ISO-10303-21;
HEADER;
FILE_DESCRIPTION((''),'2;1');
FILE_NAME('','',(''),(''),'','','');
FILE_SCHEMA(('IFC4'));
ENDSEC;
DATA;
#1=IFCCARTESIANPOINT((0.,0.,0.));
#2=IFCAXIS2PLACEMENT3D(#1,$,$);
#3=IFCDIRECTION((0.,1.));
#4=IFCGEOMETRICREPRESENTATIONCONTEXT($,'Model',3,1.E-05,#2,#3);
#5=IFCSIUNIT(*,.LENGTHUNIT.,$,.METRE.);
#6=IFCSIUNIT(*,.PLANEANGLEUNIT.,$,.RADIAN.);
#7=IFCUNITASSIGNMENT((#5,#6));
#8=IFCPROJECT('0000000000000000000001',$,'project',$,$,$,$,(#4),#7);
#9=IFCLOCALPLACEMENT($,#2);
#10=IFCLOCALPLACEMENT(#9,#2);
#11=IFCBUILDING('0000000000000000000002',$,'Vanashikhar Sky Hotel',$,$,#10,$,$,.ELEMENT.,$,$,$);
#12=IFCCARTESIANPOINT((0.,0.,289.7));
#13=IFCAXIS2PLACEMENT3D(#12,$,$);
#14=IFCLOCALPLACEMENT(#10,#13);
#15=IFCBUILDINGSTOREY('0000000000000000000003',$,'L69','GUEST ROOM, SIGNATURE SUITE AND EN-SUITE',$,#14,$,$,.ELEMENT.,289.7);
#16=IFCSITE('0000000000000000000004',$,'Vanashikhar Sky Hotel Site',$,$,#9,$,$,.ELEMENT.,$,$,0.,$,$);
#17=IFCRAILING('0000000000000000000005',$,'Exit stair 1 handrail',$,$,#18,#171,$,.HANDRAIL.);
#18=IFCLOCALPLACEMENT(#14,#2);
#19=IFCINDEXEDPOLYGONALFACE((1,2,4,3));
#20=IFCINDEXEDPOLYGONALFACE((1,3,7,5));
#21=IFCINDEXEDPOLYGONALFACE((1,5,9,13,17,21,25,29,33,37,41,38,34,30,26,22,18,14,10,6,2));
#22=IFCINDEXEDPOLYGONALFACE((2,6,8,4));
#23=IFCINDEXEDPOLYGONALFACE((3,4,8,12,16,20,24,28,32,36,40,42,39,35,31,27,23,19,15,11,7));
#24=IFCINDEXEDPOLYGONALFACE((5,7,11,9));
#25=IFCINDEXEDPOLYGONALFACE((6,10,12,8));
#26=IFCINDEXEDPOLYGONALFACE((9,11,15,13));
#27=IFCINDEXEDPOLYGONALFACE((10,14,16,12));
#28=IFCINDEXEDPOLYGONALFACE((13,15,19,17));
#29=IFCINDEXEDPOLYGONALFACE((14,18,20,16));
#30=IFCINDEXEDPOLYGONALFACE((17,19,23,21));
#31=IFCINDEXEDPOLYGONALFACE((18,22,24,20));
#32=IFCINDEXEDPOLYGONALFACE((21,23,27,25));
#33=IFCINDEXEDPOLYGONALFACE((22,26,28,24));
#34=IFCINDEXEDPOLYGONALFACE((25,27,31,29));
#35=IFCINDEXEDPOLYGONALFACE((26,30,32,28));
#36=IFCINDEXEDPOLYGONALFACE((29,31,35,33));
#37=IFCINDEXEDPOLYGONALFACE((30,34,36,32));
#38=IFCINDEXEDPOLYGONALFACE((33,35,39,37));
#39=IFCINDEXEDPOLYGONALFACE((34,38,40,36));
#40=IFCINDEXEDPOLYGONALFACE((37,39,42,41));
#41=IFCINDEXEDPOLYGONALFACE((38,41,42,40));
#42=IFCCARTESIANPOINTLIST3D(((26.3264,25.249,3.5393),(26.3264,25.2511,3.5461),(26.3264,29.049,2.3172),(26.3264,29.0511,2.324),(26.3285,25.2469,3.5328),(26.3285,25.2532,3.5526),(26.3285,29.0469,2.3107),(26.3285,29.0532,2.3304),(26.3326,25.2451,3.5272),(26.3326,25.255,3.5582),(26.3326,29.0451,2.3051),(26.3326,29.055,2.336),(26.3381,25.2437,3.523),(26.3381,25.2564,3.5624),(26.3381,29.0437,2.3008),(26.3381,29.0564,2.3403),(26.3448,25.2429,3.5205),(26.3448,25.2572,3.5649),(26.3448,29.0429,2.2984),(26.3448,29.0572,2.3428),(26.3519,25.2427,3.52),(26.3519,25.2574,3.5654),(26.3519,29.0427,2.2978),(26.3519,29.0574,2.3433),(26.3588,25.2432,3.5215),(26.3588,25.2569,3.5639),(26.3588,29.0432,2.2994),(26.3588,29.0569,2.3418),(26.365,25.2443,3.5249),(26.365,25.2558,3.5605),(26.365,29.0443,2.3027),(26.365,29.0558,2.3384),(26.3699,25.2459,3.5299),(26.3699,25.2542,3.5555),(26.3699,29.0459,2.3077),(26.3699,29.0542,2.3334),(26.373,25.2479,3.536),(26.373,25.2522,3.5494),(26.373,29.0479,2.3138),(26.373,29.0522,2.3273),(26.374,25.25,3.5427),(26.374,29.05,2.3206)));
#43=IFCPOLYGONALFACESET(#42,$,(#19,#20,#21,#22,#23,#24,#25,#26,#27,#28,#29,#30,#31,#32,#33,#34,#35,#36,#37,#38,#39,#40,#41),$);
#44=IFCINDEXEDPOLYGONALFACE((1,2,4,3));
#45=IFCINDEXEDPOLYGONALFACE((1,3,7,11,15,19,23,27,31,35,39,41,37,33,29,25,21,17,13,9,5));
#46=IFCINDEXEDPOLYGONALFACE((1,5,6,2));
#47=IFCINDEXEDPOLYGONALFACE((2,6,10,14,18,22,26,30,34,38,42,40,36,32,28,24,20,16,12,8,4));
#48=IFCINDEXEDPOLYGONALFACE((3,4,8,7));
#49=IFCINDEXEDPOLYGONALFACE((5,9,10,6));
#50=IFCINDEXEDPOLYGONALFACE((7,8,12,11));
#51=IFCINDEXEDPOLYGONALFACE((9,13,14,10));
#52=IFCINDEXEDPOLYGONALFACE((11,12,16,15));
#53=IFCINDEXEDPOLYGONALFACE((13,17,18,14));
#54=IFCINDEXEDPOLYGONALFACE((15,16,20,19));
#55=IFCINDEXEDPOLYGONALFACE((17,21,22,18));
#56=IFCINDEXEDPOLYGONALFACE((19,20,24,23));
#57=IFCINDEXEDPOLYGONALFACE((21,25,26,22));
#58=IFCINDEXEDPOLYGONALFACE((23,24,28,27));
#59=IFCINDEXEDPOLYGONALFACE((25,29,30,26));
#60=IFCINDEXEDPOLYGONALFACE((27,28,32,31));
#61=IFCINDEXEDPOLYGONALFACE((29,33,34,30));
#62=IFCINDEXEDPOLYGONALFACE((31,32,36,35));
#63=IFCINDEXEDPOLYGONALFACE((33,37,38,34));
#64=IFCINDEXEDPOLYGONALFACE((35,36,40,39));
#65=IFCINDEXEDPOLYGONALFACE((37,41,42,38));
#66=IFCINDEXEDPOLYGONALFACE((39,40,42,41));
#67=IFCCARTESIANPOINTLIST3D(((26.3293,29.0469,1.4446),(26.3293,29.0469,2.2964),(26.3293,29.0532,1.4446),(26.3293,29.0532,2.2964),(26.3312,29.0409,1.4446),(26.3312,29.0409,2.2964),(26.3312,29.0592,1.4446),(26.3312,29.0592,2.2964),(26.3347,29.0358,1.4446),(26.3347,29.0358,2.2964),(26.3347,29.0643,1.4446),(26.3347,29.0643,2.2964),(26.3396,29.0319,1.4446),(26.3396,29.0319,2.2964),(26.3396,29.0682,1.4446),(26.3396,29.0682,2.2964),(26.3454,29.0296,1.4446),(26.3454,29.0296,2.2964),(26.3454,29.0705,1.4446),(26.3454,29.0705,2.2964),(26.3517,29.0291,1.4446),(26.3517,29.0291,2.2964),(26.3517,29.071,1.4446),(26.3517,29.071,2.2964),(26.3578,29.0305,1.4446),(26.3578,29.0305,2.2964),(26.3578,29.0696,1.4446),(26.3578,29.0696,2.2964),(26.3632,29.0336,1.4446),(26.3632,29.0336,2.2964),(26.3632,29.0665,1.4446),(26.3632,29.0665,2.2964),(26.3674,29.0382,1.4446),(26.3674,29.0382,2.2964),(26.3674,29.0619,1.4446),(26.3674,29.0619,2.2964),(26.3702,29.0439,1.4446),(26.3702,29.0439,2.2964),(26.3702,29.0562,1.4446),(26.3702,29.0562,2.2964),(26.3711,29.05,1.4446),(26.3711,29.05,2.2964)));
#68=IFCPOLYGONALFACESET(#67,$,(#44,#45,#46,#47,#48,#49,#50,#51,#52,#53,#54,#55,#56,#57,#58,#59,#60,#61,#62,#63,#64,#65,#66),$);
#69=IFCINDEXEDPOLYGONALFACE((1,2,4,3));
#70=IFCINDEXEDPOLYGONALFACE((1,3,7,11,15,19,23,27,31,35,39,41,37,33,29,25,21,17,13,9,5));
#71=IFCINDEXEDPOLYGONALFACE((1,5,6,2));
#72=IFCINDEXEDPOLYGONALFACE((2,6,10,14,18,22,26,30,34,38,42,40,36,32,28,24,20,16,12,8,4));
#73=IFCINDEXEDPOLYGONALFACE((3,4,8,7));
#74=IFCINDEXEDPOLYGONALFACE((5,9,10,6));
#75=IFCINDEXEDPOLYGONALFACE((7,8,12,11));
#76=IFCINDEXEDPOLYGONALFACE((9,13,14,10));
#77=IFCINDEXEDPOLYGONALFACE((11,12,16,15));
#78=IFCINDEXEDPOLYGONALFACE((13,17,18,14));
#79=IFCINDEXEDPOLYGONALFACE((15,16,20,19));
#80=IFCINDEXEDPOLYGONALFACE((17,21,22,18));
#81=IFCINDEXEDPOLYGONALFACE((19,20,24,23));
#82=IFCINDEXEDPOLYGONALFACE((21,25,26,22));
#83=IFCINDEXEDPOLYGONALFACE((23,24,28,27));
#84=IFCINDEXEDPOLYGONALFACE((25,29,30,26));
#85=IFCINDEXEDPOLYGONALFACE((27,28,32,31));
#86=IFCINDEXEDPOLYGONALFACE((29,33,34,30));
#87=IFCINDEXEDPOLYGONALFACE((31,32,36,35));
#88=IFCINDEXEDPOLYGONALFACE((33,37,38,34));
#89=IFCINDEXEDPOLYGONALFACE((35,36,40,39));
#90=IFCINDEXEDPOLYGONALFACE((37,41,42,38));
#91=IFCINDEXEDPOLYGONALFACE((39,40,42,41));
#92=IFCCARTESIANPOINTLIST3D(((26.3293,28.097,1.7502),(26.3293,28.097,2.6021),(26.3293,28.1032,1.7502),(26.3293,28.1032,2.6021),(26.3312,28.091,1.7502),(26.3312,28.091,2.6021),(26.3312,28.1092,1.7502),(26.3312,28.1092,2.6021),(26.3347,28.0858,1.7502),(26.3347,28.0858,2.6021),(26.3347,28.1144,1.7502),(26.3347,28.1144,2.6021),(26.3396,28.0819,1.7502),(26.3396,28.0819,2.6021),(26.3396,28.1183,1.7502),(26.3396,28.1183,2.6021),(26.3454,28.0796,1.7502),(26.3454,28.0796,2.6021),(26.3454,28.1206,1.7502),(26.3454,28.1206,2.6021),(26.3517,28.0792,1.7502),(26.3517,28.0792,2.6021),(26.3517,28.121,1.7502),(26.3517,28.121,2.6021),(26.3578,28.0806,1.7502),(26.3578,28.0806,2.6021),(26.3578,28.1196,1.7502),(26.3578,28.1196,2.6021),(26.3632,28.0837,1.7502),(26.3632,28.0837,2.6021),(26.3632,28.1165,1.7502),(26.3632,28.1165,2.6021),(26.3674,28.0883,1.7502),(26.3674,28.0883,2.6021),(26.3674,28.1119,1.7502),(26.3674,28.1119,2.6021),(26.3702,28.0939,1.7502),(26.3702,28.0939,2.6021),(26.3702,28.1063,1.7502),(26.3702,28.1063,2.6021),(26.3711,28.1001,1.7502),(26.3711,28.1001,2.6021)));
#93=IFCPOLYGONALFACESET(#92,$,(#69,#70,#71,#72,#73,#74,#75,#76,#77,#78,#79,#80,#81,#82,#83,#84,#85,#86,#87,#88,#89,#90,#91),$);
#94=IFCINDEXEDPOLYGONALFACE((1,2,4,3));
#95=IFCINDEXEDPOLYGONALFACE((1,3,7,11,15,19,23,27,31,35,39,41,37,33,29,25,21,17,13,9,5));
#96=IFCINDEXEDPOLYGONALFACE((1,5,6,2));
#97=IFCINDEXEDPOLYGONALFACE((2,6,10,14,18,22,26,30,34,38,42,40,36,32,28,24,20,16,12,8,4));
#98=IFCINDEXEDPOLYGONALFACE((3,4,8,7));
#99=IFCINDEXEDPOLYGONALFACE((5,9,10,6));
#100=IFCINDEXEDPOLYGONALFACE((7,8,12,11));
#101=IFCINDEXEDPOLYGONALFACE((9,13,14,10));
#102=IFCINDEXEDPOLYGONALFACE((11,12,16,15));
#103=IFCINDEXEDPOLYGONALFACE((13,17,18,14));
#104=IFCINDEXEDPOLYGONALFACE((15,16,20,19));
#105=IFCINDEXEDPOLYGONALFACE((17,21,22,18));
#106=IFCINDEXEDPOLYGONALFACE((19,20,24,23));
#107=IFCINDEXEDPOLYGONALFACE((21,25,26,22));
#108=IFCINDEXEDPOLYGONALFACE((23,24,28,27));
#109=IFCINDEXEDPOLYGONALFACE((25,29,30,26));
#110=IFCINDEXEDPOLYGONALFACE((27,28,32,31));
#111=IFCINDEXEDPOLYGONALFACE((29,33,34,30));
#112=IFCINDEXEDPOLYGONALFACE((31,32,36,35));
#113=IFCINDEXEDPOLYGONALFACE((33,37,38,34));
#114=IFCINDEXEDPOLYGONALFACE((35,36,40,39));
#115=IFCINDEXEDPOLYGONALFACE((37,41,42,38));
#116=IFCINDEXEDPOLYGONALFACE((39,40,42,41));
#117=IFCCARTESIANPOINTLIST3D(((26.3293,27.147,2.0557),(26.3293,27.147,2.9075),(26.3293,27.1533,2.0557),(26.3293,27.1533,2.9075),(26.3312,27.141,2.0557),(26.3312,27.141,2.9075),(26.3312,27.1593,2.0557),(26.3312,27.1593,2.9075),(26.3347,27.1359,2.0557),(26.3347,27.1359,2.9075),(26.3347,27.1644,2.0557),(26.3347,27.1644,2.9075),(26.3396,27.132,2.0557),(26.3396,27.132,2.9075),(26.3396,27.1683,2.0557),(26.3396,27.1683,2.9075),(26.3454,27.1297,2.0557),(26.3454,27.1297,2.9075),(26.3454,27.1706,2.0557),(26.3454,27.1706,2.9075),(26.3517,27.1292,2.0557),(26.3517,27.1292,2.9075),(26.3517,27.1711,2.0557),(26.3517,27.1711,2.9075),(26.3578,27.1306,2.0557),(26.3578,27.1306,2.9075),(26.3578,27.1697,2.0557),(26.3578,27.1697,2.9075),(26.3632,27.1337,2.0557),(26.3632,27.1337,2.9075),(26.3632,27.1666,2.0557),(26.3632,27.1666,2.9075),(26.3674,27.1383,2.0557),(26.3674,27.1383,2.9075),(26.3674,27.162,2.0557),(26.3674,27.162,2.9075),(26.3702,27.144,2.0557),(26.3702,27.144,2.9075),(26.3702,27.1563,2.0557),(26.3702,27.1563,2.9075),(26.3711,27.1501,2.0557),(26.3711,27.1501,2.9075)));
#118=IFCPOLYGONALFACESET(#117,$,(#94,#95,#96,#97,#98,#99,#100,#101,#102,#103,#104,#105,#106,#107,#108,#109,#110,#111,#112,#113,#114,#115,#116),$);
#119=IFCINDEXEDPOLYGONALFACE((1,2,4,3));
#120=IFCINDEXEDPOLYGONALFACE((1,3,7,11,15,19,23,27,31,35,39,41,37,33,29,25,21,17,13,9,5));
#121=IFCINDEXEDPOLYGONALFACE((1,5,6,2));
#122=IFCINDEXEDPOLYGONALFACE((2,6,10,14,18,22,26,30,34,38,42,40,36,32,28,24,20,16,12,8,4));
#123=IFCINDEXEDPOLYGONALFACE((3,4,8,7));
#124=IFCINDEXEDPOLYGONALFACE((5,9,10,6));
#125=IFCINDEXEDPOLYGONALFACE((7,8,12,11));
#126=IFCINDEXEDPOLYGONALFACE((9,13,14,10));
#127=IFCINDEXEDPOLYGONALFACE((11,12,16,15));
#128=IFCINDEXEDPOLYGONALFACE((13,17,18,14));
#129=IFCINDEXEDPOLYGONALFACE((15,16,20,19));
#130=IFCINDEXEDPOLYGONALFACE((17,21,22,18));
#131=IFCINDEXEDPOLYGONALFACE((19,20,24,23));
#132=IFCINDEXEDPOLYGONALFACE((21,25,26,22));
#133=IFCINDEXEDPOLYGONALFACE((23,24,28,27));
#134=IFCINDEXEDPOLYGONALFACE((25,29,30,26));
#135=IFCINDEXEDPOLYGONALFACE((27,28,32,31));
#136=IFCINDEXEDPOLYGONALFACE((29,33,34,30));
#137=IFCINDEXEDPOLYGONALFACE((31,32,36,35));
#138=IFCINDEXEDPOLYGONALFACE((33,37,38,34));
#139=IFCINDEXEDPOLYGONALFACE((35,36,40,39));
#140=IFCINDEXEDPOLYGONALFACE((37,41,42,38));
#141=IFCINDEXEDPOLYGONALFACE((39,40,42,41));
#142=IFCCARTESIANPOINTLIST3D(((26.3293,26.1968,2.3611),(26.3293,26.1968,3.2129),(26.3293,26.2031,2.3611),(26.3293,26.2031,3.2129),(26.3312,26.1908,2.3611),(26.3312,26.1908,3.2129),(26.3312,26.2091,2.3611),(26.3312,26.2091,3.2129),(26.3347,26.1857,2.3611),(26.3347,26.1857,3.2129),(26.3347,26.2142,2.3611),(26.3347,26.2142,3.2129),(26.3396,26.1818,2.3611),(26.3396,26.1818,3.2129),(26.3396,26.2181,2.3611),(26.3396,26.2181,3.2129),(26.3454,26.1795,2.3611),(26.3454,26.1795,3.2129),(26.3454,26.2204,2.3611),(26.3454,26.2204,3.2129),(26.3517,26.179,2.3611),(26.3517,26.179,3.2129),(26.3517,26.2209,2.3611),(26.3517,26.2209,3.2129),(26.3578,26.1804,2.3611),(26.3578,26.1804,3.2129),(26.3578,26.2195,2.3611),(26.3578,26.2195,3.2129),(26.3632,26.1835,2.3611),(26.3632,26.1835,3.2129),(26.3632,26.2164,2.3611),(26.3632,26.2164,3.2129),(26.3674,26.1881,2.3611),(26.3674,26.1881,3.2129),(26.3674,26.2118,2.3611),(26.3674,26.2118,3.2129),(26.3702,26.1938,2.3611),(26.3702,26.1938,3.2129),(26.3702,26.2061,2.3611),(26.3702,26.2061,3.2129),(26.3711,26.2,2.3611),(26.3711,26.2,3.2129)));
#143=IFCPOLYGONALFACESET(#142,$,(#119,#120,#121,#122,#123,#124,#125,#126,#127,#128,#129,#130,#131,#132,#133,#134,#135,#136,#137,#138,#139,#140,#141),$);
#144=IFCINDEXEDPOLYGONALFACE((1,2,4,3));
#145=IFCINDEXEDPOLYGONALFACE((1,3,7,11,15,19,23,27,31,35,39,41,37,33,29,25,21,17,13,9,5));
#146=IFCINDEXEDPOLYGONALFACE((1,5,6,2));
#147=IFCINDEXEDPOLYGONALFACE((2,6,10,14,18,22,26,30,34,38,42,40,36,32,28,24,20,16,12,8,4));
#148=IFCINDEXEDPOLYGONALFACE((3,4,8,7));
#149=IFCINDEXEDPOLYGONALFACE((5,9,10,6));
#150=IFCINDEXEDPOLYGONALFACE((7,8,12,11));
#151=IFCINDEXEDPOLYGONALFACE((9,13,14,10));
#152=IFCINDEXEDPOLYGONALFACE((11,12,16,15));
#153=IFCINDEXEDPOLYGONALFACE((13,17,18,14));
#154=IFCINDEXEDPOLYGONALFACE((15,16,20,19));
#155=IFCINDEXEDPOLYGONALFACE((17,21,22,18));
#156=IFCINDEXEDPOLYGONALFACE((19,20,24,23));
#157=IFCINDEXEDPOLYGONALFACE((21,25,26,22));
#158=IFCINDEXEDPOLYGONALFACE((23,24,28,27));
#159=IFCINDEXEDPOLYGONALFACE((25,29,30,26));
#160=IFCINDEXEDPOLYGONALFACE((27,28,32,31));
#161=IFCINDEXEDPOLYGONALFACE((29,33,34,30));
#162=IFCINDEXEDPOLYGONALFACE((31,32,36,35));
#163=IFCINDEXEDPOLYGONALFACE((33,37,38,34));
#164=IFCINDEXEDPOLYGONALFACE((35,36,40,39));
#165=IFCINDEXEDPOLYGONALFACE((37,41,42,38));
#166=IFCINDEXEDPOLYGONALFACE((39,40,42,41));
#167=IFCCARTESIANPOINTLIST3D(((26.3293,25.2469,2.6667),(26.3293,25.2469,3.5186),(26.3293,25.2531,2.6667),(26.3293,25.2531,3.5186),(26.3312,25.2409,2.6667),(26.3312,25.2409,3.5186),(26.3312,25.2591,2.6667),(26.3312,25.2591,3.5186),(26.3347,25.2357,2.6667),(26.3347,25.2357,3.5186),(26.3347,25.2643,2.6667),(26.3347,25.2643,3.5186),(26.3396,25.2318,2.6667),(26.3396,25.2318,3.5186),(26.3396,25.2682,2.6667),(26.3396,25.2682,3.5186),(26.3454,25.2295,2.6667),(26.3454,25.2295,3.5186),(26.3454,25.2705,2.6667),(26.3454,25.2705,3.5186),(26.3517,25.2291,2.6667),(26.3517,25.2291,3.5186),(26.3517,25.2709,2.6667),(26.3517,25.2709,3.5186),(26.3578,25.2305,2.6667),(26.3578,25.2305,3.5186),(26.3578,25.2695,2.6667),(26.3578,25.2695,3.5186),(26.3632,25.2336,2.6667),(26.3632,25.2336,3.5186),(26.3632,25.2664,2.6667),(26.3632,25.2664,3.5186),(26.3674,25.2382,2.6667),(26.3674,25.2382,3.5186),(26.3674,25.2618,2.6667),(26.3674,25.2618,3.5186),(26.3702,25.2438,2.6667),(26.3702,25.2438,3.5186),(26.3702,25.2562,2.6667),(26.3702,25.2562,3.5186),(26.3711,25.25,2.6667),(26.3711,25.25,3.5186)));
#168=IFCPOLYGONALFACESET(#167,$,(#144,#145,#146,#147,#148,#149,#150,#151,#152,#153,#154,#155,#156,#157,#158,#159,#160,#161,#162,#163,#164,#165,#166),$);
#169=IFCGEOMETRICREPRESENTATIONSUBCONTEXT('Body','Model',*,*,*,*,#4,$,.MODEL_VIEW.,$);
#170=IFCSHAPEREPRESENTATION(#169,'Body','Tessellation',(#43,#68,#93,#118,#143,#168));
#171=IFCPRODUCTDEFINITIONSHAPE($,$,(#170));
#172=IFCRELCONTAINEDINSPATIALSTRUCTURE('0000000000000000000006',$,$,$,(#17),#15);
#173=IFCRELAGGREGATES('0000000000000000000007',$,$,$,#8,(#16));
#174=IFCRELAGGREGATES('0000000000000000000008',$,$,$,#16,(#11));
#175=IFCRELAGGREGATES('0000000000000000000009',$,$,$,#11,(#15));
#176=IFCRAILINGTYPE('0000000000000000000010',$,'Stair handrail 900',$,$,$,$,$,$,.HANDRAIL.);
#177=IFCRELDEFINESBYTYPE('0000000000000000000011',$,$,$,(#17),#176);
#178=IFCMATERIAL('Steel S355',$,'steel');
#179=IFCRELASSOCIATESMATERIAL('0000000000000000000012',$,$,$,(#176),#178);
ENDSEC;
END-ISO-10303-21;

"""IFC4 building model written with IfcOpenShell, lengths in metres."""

from ifc_helpers import new_model, si_unit, direction, frame, origin, origin_2d, place, context, subcontext, project, spatial, circle, extrude, source, transform, mapped, material, type_object, element, save


model = new_model("IFC4")

# Units and contexts
model_context = context("Model", 3, precision=1e-05, world=origin(), true_north=direction((0.0, 1.0)))
body_context = subcontext(model_context, "Body", "Model", "MODEL_VIEW")
ifc_project = project(units=[si_unit("LENGTHUNIT", "METRE"), si_unit("PLANEANGLEUNIT", "RADIAN")], contexts=[model_context])

# Site, building, storey
site_placement = place(None, origin())
site = spatial("IfcSite", under=ifc_project, at=site_placement, Name="Vanashikhar Sky Hotel Site", CompositionType="ELEMENT", RefElevation=0.0)
building_placement = place(site_placement, origin())
building = spatial("IfcBuilding", under=site, at=building_placement, Name="Vanashikhar Sky Hotel", CompositionType="ELEMENT")
storey_placement = place(building_placement, frame((0.0, 0.0, 289.7)))
storey = spatial("IfcBuildingStorey", under=building, at=storey_placement, Name="L69", Description="GUEST ROOM, SIGNATURE SUITE AND EN-SUITE", CompositionType="ELEMENT", Elevation=289.7)

# Railing
ifc_material_1 = material(Name="Steel S355", Category="steel")
railing_type_1 = type_object("IfcRailingType", Name="Stair handrail 900", PredefinedType="HANDRAIL", material=ifc_material_1)
shared_shape_1 = source(origin(), body_context, "Body", "SweptSolid", [
    extrude(circle(Radius=0.0239, at=origin_2d()), frame((0.0, 0.0, 0.876), z_axis=(0.0, -0.951976, 0.306173), x_axis=(1.0, 0.0, 0.0)), (0.0, 0.0, 1.0), 3.9917),
    extrude(circle(Radius=0.021, at=origin_2d()), origin(), (0.0, 0.0, 1.0), 0.8518),
    extrude(circle(Radius=0.021, at=origin_2d()), frame((0.0, -0.95, 0.3057)), (0.0, 0.0, 1.0), 0.8518),
    extrude(circle(Radius=0.021, at=origin_2d()), frame((0.0, -1.8999, 0.6111)), (0.0, 0.0, 1.0), 0.8518),
    extrude(circle(Radius=0.021, at=origin_2d()), frame((0.0, -2.8501, 0.9165)), (0.0, 0.0, 1.0), 0.8518),
    extrude(circle(Radius=0.021, at=origin_2d()), frame((0.0, -3.8, 1.2222)), (0.0, 0.0, 1.0), 0.8518),
])
railing_1_placement = place(storey_placement, frame((26.3501, 29.05, 1.4446)))
element("IfcRailing", 1, at=railing_1_placement, inside=storey, type_object=railing_type_1, Name="Exit stair 1 handrail", PredefinedType="HANDRAIL", context=body_context, shape_type="MappedRepresentation", body=[
    mapped(shared_shape_1, transform((0.0, 0.0, 0.0), scale=1.0)),
])

save(model, "model.ifc")
